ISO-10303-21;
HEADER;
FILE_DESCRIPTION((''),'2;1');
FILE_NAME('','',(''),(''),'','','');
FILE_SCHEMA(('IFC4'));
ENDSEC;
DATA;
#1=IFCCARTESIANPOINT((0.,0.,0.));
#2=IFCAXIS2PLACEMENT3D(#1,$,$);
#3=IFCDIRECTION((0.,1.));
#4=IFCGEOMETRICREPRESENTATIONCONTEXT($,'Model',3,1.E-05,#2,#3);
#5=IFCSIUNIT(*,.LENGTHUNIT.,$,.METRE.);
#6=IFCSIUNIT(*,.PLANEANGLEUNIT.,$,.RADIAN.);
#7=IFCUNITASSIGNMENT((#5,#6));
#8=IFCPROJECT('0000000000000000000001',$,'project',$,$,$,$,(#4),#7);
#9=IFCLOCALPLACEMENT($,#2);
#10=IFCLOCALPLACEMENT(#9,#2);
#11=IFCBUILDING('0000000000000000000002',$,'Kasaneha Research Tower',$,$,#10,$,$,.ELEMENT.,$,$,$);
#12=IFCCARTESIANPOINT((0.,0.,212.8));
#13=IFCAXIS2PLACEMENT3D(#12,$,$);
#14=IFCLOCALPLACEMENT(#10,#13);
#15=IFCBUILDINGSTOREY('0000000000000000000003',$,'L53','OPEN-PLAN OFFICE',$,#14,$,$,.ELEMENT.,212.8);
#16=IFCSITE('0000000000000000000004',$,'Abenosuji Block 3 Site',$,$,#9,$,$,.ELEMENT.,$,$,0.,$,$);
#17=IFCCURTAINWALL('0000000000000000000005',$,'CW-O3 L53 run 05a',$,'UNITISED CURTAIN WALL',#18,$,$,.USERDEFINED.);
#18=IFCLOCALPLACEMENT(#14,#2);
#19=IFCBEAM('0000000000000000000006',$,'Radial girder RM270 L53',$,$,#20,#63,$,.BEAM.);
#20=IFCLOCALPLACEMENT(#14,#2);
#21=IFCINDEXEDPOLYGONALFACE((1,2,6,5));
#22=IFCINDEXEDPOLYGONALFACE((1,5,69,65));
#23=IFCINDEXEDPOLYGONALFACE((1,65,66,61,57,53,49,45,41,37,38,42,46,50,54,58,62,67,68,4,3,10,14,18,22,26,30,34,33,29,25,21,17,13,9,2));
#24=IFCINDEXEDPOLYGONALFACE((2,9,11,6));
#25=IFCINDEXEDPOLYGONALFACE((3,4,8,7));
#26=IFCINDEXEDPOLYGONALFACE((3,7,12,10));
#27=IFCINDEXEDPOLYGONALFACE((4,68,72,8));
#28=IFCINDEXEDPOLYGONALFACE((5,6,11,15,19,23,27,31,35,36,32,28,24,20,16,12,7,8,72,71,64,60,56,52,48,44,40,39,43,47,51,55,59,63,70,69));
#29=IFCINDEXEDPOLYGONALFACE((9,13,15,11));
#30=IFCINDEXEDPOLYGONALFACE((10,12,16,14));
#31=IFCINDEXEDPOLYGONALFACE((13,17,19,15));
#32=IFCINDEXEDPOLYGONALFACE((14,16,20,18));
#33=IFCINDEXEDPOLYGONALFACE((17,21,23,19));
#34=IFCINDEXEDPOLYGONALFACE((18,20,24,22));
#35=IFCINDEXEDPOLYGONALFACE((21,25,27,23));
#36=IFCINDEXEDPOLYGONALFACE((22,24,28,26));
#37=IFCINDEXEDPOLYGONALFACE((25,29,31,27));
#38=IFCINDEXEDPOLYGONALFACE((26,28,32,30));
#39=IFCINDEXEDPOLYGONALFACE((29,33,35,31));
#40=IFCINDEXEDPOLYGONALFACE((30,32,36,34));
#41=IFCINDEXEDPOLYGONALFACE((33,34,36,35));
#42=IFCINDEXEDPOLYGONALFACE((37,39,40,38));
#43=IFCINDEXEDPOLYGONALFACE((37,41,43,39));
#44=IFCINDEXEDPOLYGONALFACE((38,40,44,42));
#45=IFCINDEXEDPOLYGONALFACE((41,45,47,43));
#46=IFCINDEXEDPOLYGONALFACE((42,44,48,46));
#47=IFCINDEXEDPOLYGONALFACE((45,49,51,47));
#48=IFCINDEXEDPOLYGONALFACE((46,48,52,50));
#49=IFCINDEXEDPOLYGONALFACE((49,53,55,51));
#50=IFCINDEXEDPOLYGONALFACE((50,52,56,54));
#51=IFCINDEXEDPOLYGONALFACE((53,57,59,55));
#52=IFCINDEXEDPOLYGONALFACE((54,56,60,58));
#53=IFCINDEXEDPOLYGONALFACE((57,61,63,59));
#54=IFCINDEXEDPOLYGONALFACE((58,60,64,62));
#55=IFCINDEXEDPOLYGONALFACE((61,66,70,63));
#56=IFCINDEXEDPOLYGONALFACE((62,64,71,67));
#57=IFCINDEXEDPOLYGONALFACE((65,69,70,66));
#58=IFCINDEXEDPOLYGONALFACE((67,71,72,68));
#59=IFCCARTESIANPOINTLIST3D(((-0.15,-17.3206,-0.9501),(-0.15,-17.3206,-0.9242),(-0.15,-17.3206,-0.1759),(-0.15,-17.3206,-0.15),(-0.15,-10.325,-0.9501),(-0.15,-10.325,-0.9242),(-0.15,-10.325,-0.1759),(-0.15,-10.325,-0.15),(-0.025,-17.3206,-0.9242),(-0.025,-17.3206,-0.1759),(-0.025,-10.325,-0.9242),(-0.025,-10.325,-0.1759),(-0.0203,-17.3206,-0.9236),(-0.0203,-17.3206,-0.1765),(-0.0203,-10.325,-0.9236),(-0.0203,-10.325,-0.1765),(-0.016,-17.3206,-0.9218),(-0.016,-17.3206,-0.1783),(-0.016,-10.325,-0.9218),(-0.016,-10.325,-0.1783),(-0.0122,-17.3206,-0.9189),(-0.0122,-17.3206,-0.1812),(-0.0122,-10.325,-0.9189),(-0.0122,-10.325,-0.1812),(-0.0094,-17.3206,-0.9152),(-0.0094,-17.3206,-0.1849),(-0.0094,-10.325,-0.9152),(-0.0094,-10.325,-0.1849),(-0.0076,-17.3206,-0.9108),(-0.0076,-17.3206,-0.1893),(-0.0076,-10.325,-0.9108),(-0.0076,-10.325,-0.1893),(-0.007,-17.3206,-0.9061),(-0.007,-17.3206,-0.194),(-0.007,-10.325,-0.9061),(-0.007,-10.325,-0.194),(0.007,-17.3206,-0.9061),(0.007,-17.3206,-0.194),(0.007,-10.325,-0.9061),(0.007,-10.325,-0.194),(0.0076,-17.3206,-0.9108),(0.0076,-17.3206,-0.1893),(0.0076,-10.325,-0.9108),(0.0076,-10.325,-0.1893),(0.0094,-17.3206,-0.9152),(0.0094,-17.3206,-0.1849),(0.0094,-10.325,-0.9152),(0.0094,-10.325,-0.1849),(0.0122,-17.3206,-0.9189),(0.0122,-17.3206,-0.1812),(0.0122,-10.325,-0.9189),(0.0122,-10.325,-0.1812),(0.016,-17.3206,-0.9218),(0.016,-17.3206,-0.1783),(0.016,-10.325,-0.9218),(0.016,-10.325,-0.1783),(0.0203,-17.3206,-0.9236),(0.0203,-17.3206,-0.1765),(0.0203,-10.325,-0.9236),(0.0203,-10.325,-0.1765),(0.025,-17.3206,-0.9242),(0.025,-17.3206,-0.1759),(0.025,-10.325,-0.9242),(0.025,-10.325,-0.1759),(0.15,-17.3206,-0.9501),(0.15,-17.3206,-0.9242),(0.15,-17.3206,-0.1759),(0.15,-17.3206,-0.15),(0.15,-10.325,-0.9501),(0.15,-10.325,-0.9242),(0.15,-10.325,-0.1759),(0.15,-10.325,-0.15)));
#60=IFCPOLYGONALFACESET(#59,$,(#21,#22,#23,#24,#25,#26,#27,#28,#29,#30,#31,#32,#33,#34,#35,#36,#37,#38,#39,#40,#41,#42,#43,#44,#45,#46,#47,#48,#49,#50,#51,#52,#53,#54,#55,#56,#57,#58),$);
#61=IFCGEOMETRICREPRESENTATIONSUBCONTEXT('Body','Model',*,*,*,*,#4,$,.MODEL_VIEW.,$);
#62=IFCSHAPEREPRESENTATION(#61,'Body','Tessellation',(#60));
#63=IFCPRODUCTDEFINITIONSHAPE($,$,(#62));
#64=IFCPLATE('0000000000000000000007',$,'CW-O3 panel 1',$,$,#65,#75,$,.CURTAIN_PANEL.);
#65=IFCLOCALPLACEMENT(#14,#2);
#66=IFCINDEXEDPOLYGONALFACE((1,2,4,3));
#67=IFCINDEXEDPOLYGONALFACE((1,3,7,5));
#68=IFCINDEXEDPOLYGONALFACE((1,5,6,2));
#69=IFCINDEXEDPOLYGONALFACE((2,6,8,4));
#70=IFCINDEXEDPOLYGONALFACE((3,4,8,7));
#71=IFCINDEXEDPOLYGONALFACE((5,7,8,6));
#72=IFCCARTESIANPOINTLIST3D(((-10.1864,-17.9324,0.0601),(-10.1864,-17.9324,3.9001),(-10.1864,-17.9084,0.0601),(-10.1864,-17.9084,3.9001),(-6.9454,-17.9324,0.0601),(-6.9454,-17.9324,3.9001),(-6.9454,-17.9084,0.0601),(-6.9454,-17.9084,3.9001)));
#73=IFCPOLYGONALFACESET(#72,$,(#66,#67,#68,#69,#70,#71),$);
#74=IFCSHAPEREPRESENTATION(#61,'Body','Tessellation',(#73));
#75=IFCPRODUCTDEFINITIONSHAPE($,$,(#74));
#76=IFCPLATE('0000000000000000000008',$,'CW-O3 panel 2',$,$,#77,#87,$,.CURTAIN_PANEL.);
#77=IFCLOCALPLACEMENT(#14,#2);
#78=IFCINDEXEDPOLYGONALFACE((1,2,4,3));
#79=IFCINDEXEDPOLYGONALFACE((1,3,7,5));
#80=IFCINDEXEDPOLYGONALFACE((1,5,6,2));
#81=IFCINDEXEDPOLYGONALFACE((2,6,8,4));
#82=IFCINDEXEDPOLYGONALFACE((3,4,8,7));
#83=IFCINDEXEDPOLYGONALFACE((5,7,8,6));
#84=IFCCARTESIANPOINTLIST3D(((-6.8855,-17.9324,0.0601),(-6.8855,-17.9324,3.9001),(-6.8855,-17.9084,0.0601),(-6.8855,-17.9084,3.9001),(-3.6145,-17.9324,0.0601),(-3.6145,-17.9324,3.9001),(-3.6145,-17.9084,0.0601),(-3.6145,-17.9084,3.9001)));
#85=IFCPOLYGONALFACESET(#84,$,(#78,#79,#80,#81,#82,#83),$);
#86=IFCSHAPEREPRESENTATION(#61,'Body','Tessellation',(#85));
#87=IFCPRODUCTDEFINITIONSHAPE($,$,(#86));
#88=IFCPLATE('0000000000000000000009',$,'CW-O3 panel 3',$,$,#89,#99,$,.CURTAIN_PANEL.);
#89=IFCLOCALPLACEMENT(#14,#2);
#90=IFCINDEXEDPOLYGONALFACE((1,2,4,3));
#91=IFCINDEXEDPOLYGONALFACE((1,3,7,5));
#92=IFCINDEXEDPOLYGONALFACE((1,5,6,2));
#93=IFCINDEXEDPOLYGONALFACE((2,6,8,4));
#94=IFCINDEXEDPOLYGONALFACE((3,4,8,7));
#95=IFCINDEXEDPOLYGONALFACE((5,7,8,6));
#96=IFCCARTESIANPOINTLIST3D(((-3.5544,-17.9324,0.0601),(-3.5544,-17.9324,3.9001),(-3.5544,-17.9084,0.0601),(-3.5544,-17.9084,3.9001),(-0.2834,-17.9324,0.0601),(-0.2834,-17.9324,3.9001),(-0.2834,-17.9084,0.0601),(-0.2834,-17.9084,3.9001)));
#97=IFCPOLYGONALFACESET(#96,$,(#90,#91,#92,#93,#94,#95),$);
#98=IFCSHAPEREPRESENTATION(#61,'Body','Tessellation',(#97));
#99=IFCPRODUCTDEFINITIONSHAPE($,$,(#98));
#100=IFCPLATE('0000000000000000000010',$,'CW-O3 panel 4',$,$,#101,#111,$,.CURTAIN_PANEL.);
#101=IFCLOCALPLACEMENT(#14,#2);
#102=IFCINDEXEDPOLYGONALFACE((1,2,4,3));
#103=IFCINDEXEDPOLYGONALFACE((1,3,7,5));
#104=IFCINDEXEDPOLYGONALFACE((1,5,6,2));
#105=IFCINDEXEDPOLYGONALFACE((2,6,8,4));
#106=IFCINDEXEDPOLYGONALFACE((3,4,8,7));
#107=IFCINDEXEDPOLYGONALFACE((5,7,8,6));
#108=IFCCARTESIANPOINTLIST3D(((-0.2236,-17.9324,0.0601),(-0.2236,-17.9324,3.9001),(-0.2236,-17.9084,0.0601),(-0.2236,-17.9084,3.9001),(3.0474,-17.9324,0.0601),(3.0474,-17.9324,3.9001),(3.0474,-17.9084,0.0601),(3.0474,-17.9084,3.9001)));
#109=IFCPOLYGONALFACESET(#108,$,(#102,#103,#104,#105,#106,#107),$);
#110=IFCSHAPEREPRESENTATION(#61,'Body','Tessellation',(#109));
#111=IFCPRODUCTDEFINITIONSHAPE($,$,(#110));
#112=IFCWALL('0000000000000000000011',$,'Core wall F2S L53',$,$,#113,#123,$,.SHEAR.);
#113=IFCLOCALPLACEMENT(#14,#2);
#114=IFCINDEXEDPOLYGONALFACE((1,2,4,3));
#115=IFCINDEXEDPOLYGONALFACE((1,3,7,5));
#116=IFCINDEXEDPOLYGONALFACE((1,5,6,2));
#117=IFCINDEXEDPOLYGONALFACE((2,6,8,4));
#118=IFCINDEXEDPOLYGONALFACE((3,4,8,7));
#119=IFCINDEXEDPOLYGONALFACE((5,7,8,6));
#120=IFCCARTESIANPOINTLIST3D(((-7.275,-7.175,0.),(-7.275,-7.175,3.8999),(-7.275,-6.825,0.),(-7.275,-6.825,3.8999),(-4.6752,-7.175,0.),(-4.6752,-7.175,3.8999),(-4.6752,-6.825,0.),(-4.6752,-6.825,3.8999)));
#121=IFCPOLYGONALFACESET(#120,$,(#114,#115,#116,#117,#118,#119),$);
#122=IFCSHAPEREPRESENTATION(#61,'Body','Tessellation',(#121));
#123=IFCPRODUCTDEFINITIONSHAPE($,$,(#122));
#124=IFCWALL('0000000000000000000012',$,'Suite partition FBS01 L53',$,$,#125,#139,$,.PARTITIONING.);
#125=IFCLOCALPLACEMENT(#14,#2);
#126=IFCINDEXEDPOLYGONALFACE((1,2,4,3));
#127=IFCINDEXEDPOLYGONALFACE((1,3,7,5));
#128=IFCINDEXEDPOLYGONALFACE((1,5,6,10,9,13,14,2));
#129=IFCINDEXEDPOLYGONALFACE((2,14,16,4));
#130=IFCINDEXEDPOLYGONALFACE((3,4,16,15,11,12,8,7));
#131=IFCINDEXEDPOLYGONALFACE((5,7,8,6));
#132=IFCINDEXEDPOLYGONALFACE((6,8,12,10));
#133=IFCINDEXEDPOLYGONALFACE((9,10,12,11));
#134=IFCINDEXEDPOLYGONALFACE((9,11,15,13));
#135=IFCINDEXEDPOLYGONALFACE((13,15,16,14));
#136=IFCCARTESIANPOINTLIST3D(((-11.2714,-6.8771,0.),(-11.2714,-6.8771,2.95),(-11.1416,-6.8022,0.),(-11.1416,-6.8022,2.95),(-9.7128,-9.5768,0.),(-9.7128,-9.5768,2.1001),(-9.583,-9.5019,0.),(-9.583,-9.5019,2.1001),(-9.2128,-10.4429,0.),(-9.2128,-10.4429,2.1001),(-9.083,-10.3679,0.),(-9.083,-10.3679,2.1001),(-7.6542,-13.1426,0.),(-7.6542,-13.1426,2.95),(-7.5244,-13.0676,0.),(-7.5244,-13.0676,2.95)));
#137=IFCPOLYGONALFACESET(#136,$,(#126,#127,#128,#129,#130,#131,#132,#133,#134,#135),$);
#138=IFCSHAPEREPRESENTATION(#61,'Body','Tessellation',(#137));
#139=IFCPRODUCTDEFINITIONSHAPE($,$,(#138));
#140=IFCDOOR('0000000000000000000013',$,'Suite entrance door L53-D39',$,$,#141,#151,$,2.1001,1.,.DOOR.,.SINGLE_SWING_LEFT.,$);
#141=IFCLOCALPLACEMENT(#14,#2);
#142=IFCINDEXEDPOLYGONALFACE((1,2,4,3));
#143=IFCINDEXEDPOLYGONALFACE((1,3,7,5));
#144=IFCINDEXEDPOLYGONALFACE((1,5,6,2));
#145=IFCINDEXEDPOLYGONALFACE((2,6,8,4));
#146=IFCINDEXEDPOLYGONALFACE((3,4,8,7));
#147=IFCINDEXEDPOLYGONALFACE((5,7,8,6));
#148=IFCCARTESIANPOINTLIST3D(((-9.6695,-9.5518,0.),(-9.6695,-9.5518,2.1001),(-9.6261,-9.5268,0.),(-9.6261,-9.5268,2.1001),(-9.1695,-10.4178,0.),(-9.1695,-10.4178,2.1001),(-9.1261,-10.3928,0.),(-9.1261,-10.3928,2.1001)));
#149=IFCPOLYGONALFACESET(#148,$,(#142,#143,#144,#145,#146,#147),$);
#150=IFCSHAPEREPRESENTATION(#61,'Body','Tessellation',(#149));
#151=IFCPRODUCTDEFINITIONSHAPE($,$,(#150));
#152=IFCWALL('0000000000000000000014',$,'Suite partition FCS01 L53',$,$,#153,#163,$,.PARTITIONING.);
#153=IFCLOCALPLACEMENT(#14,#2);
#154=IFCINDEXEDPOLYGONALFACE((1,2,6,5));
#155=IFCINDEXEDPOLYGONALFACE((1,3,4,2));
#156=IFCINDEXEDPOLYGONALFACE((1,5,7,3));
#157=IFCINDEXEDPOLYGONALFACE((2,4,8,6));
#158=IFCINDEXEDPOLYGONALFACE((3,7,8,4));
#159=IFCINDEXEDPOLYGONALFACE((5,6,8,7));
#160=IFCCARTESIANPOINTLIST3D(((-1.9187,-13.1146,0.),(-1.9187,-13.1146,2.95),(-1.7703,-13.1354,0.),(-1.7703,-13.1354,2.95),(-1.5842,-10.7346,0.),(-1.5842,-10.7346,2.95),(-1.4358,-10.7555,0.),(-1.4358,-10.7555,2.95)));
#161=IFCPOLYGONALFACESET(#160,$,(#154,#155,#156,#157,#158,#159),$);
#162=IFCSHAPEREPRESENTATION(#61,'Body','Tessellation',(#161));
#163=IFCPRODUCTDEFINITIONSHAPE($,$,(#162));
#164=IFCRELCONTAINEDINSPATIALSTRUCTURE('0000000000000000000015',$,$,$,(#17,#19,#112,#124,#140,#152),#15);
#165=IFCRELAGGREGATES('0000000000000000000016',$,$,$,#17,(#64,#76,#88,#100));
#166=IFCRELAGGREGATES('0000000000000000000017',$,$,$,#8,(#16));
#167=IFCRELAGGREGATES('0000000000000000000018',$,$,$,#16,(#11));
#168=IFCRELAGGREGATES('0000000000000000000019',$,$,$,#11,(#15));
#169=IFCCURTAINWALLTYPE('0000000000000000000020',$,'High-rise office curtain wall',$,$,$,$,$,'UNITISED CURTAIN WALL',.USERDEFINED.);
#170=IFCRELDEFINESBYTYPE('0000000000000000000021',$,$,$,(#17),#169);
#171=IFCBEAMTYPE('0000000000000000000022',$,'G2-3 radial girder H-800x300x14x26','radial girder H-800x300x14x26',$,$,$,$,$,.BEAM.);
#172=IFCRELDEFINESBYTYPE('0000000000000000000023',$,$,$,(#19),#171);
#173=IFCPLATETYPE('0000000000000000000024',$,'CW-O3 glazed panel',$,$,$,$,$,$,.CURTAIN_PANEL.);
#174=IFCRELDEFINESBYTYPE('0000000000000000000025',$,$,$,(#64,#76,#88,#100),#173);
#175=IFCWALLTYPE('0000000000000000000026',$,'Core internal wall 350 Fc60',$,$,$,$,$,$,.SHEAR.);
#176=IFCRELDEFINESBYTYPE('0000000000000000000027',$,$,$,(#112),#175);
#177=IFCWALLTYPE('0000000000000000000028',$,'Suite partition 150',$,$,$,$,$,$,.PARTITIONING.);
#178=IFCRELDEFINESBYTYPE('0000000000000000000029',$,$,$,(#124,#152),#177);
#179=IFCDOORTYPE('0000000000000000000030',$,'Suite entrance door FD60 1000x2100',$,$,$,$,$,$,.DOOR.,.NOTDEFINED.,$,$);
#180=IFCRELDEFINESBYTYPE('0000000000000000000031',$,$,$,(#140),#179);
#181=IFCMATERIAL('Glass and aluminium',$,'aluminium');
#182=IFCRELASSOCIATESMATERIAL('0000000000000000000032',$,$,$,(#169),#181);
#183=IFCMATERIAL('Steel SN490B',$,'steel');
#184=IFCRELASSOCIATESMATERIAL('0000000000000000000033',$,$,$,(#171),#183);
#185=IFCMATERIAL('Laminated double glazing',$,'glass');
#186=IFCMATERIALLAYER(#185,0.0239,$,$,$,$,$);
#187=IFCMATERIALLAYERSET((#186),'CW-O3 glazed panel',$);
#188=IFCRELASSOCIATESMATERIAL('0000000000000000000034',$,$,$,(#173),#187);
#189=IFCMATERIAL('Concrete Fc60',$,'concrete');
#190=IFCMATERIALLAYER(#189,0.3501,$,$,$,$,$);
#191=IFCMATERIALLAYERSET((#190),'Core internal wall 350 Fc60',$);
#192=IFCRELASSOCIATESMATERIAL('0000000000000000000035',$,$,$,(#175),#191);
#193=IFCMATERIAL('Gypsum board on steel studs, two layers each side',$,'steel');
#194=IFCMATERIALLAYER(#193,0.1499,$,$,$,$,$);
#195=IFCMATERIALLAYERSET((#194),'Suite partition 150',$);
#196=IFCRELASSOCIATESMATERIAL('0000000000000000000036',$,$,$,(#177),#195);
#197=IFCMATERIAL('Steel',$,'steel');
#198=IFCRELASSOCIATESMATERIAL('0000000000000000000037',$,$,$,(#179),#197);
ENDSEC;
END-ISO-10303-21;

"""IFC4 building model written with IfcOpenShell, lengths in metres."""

from ifc_helpers import new_model, si_unit, direction, frame, frame_2d, origin, origin_2d, place, context, subcontext, project, spatial, rectangle, i_section, extrude, material, layer, layer_set, material_profile, profile_set, type_object, element, fill, aggregate, save


model = new_model("IFC4")

# Units and contexts
model_context = context("Model", 3, precision=1e-05, world=origin(), true_north=direction((0.0, 1.0)))
body_context = subcontext(model_context, "Body", "Model", "MODEL_VIEW")
ifc_project = project(units=[si_unit("LENGTHUNIT", "METRE"), si_unit("PLANEANGLEUNIT", "RADIAN")], contexts=[model_context])

# Site, building, storey
site_placement = place(None, origin())
site = spatial("IfcSite", under=ifc_project, at=site_placement, Name="Abenosuji Block 3 Site", CompositionType="ELEMENT", RefElevation=0.0)
building_placement = place(site_placement, origin())
building = spatial("IfcBuilding", under=site, at=building_placement, Name="Kasaneha Research Tower", CompositionType="ELEMENT")
storey_placement = place(building_placement, frame((0.0, 0.0, 212.8)))
storey = spatial("IfcBuildingStorey", under=building, at=storey_placement, Name="L53", Description="OPEN-PLAN OFFICE", CompositionType="ELEMENT", Elevation=212.8)

# Curtain wall
ifc_material_1 = material(Name="Glass and aluminium", Category="aluminium")
curtain_wall_type = type_object("IfcCurtainWallType", Name="High-rise office curtain wall", ElementType="UNITISED CURTAIN WALL", PredefinedType="USERDEFINED", material=ifc_material_1)
curtain_wall_placement = place(storey_placement, origin())
curtain_wall = element("IfcCurtainWall", 1, at=curtain_wall_placement, inside=storey, type_object=curtain_wall_type, Name="CW-O3 L53 run 05a", ObjectType="UNITISED CURTAIN WALL", PredefinedType="USERDEFINED")

# Beam
ifc_material_2 = material(Name="Steel SN490B", Category="steel")
ifc_material_profile_1 = material_profile(ifc_material_2, i_section(OverallWidth=0.3, OverallDepth=0.8, WebThickness=0.0139, FlangeThickness=0.0259, FilletRadius=0.0181, at=origin_2d()), Name="H-800x300x14x26")
ifc_profile_set_1 = profile_set([ifc_material_profile_1], Name="Steel SN490B")
beam_type_1 = type_object("IfcBeamType", Name="G2-3 radial girder H-800x300x14x26", Description="radial girder H-800x300x14x26", PredefinedType="BEAM", material=ifc_profile_set_1)
beam_1_placement = place(storey_placement, frame((0.0, -10.325, -0.55), z_axis=(0.0, -1.0, 0.0), x_axis=(1.0, 0.0, 0.0)))
element("IfcBeam", 2, at=beam_1_placement, inside=storey, type_object=beam_type_1, Name="Radial girder RM270 L53", PredefinedType="BEAM", context=body_context, shape_type="SweptSolid", body=[
    extrude(i_section(OverallWidth=0.3, OverallDepth=0.8, WebThickness=0.0139, FlangeThickness=0.0259, FilletRadius=0.0181, at=origin_2d()), origin(), (0.0, 0.0, 1.0), 6.9956),
])

# Plates
ifc_material_3 = material(Name="Laminated double glazing", Category="glass")
ifc_layer_1 = layer(ifc_material_3, 0.0239)
ifc_layer_set_1 = layer_set([ifc_layer_1], Name="CW-O3 glazed panel")
plate_type = type_object("IfcPlateType", Name="CW-O3 glazed panel", PredefinedType="CURTAIN_PANEL", material=ifc_layer_set_1)
plate_1_placement = place(storey_placement, frame((-8.5659, -17.9204, 0.0601), z_axis=(0.0, 0.0, 1.0), x_axis=(1.0, 0.0, 0.0)))
plate_1 = element("IfcPlate", 3, at=plate_1_placement, type_object=plate_type, Name="CW-O3 panel 1", PredefinedType="CURTAIN_PANEL", context=body_context, shape_type="SweptSolid", body=[
    extrude(rectangle(XDim=3.241, YDim=0.0239, at=origin_2d()), origin(), (0.0, 0.0, 1.0), 3.8401),
])
plate_2_placement = place(storey_placement, frame((-5.25, -17.9204, 0.0601), z_axis=(0.0, 0.0, 1.0), x_axis=(1.0, 0.0, 0.0)))
plate_2 = element("IfcPlate", 4, at=plate_2_placement, type_object=plate_type, Name="CW-O3 panel 2", PredefinedType="CURTAIN_PANEL", context=body_context, shape_type="SweptSolid", body=[
    extrude(rectangle(XDim=3.271, YDim=0.0239, at=origin_2d()), origin(), (0.0, 0.0, 1.0), 3.8401),
])
plate_3_placement = place(storey_placement, frame((-1.9189, -17.9204, 0.0601), z_axis=(0.0, 0.0, 1.0), x_axis=(1.0, 0.0, 0.0)))
plate_3 = element("IfcPlate", 5, at=plate_3_placement, type_object=plate_type, Name="CW-O3 panel 3", PredefinedType="CURTAIN_PANEL", context=body_context, shape_type="SweptSolid", body=[
    extrude(rectangle(XDim=3.271, YDim=0.0239, at=origin_2d()), origin(), (0.0, 0.0, 1.0), 3.8401),
])
plate_4_placement = place(storey_placement, frame((1.4119, -17.9204, 0.0601), z_axis=(0.0, 0.0, 1.0), x_axis=(1.0, 0.0, 0.0)))
plate_4 = element("IfcPlate", 6, at=plate_4_placement, type_object=plate_type, Name="CW-O3 panel 4", PredefinedType="CURTAIN_PANEL", context=body_context, shape_type="SweptSolid", body=[
    extrude(rectangle(XDim=3.271, YDim=0.0239, at=origin_2d()), origin(), (0.0, 0.0, 1.0), 3.8401),
])
aggregate(curtain_wall, [plate_1, plate_2, plate_3, plate_4])

# Wall
ifc_material_4 = material(Name="Concrete Fc60", Category="concrete")
ifc_layer_2 = layer(ifc_material_4, 0.3501)
ifc_layer_set_2 = layer_set([ifc_layer_2], Name="Core internal wall 350 Fc60")
wall_type_1 = type_object("IfcWallType", Name="Core internal wall 350 Fc60", PredefinedType="SHEAR", material=ifc_layer_set_2)
wall_1_placement = place(storey_placement, frame((-7.2749, -7.0, 0.0), z_axis=(0.0, 0.0, 1.0), x_axis=(1.0, 0.0, 0.0)))
element("IfcWall", 7, at=wall_1_placement, inside=storey, type_object=wall_type_1, Name="Core wall F2S L53", PredefinedType="SHEAR", context=body_context, shape_type="SweptSolid", body=[
    extrude(rectangle(XDim=2.5999, YDim=0.3501, at=frame_2d((1.2998, 0.0))), origin(), (0.0, 0.0, 1.0), 3.8999),
])

# Wall, opening, door
ifc_material_5 = material(Name="Gypsum board on steel studs, two layers each side", Category="steel")
ifc_layer_3 = layer(ifc_material_5, 0.1499)
ifc_layer_set_3 = layer_set([ifc_layer_3], Name="Suite partition 150")
wall_type_2 = type_object("IfcWallType", Name="Suite partition 150", PredefinedType="PARTITIONING", material=ifc_layer_set_3)
wall_2_placement = place(storey_placement, frame((-7.5894, -13.105, 0.0), z_axis=(0.0, 0.0, 1.0), x_axis=(-0.499986, 0.866033, 0.0)))
wall_2 = element("IfcWall", 8, at=wall_2_placement, inside=storey, type_object=wall_type_2, Name="Suite partition FBS01 L53", PredefinedType="PARTITIONING", context=body_context, shape_type="SweptSolid", body=[
    extrude(rectangle(XDim=7.2346, YDim=0.1499, at=frame_2d((3.6172, 0.0))), origin(), (0.0, 0.0, 1.0), 2.95),
])
opening_1_placement = place(wall_2_placement, frame((3.1172, 0.0, 0.0)))
opening_1 = element("IfcOpeningElement", 9, at=opening_1_placement, cuts=wall_2, PredefinedType="OPENING", context=body_context, shape_type="SweptSolid", body=[
    extrude(rectangle(XDim=1.0, YDim=2.1001, at=frame_2d((0.5, 1.05))), frame((0.0, 0.085, 0.0), z_axis=(0.0, -1.0, 0.0), x_axis=(1.0, 0.0, 0.0)), (0.0, 0.0, 1.0), 0.1699),
])
ifc_material_6 = material(Name="Steel", Category="steel")
door_type_1 = type_object("IfcDoorType", Name="Suite entrance door FD60 1000x2100", OperationType="NOTDEFINED", PredefinedType="DOOR", material=ifc_material_6)
door_1_placement = place(opening_1_placement, origin())
door_1 = element("IfcDoor", 10, at=door_1_placement, inside=storey, type_object=door_type_1, Name="Suite entrance door L53-D39", OperationType="SINGLE_SWING_LEFT", OverallHeight=2.1001, OverallWidth=1.0, PredefinedType="DOOR", context=body_context, shape_type="SweptSolid", body=[
    extrude(rectangle(XDim=1.0, YDim=2.1001, at=frame_2d((0.5, 1.05))), frame((0.0, 0.0249, 0.0), z_axis=(0.0, -1.0, 0.0), x_axis=(1.0, 0.0, 0.0)), (0.0, 0.0, 1.0), 0.05),
])
fill(opening_1, door_1)

# Wall
wall_3_placement = place(storey_placement, frame((-1.8445, -13.125, 0.0), z_axis=(0.0, 0.0, 1.0), x_axis=(0.139174, 0.990268, 0.0)))
element("IfcWall", 11, at=wall_3_placement, inside=storey, type_object=wall_type_2, Name="Suite partition FCS01 L53", PredefinedType="PARTITIONING", context=body_context, shape_type="SweptSolid", body=[
    extrude(rectangle(XDim=2.4033, YDim=0.1499, at=frame_2d((1.2017, 0.0))), origin(), (0.0, 0.0, 1.0), 2.95),
])

save(model, "model.ifc")
